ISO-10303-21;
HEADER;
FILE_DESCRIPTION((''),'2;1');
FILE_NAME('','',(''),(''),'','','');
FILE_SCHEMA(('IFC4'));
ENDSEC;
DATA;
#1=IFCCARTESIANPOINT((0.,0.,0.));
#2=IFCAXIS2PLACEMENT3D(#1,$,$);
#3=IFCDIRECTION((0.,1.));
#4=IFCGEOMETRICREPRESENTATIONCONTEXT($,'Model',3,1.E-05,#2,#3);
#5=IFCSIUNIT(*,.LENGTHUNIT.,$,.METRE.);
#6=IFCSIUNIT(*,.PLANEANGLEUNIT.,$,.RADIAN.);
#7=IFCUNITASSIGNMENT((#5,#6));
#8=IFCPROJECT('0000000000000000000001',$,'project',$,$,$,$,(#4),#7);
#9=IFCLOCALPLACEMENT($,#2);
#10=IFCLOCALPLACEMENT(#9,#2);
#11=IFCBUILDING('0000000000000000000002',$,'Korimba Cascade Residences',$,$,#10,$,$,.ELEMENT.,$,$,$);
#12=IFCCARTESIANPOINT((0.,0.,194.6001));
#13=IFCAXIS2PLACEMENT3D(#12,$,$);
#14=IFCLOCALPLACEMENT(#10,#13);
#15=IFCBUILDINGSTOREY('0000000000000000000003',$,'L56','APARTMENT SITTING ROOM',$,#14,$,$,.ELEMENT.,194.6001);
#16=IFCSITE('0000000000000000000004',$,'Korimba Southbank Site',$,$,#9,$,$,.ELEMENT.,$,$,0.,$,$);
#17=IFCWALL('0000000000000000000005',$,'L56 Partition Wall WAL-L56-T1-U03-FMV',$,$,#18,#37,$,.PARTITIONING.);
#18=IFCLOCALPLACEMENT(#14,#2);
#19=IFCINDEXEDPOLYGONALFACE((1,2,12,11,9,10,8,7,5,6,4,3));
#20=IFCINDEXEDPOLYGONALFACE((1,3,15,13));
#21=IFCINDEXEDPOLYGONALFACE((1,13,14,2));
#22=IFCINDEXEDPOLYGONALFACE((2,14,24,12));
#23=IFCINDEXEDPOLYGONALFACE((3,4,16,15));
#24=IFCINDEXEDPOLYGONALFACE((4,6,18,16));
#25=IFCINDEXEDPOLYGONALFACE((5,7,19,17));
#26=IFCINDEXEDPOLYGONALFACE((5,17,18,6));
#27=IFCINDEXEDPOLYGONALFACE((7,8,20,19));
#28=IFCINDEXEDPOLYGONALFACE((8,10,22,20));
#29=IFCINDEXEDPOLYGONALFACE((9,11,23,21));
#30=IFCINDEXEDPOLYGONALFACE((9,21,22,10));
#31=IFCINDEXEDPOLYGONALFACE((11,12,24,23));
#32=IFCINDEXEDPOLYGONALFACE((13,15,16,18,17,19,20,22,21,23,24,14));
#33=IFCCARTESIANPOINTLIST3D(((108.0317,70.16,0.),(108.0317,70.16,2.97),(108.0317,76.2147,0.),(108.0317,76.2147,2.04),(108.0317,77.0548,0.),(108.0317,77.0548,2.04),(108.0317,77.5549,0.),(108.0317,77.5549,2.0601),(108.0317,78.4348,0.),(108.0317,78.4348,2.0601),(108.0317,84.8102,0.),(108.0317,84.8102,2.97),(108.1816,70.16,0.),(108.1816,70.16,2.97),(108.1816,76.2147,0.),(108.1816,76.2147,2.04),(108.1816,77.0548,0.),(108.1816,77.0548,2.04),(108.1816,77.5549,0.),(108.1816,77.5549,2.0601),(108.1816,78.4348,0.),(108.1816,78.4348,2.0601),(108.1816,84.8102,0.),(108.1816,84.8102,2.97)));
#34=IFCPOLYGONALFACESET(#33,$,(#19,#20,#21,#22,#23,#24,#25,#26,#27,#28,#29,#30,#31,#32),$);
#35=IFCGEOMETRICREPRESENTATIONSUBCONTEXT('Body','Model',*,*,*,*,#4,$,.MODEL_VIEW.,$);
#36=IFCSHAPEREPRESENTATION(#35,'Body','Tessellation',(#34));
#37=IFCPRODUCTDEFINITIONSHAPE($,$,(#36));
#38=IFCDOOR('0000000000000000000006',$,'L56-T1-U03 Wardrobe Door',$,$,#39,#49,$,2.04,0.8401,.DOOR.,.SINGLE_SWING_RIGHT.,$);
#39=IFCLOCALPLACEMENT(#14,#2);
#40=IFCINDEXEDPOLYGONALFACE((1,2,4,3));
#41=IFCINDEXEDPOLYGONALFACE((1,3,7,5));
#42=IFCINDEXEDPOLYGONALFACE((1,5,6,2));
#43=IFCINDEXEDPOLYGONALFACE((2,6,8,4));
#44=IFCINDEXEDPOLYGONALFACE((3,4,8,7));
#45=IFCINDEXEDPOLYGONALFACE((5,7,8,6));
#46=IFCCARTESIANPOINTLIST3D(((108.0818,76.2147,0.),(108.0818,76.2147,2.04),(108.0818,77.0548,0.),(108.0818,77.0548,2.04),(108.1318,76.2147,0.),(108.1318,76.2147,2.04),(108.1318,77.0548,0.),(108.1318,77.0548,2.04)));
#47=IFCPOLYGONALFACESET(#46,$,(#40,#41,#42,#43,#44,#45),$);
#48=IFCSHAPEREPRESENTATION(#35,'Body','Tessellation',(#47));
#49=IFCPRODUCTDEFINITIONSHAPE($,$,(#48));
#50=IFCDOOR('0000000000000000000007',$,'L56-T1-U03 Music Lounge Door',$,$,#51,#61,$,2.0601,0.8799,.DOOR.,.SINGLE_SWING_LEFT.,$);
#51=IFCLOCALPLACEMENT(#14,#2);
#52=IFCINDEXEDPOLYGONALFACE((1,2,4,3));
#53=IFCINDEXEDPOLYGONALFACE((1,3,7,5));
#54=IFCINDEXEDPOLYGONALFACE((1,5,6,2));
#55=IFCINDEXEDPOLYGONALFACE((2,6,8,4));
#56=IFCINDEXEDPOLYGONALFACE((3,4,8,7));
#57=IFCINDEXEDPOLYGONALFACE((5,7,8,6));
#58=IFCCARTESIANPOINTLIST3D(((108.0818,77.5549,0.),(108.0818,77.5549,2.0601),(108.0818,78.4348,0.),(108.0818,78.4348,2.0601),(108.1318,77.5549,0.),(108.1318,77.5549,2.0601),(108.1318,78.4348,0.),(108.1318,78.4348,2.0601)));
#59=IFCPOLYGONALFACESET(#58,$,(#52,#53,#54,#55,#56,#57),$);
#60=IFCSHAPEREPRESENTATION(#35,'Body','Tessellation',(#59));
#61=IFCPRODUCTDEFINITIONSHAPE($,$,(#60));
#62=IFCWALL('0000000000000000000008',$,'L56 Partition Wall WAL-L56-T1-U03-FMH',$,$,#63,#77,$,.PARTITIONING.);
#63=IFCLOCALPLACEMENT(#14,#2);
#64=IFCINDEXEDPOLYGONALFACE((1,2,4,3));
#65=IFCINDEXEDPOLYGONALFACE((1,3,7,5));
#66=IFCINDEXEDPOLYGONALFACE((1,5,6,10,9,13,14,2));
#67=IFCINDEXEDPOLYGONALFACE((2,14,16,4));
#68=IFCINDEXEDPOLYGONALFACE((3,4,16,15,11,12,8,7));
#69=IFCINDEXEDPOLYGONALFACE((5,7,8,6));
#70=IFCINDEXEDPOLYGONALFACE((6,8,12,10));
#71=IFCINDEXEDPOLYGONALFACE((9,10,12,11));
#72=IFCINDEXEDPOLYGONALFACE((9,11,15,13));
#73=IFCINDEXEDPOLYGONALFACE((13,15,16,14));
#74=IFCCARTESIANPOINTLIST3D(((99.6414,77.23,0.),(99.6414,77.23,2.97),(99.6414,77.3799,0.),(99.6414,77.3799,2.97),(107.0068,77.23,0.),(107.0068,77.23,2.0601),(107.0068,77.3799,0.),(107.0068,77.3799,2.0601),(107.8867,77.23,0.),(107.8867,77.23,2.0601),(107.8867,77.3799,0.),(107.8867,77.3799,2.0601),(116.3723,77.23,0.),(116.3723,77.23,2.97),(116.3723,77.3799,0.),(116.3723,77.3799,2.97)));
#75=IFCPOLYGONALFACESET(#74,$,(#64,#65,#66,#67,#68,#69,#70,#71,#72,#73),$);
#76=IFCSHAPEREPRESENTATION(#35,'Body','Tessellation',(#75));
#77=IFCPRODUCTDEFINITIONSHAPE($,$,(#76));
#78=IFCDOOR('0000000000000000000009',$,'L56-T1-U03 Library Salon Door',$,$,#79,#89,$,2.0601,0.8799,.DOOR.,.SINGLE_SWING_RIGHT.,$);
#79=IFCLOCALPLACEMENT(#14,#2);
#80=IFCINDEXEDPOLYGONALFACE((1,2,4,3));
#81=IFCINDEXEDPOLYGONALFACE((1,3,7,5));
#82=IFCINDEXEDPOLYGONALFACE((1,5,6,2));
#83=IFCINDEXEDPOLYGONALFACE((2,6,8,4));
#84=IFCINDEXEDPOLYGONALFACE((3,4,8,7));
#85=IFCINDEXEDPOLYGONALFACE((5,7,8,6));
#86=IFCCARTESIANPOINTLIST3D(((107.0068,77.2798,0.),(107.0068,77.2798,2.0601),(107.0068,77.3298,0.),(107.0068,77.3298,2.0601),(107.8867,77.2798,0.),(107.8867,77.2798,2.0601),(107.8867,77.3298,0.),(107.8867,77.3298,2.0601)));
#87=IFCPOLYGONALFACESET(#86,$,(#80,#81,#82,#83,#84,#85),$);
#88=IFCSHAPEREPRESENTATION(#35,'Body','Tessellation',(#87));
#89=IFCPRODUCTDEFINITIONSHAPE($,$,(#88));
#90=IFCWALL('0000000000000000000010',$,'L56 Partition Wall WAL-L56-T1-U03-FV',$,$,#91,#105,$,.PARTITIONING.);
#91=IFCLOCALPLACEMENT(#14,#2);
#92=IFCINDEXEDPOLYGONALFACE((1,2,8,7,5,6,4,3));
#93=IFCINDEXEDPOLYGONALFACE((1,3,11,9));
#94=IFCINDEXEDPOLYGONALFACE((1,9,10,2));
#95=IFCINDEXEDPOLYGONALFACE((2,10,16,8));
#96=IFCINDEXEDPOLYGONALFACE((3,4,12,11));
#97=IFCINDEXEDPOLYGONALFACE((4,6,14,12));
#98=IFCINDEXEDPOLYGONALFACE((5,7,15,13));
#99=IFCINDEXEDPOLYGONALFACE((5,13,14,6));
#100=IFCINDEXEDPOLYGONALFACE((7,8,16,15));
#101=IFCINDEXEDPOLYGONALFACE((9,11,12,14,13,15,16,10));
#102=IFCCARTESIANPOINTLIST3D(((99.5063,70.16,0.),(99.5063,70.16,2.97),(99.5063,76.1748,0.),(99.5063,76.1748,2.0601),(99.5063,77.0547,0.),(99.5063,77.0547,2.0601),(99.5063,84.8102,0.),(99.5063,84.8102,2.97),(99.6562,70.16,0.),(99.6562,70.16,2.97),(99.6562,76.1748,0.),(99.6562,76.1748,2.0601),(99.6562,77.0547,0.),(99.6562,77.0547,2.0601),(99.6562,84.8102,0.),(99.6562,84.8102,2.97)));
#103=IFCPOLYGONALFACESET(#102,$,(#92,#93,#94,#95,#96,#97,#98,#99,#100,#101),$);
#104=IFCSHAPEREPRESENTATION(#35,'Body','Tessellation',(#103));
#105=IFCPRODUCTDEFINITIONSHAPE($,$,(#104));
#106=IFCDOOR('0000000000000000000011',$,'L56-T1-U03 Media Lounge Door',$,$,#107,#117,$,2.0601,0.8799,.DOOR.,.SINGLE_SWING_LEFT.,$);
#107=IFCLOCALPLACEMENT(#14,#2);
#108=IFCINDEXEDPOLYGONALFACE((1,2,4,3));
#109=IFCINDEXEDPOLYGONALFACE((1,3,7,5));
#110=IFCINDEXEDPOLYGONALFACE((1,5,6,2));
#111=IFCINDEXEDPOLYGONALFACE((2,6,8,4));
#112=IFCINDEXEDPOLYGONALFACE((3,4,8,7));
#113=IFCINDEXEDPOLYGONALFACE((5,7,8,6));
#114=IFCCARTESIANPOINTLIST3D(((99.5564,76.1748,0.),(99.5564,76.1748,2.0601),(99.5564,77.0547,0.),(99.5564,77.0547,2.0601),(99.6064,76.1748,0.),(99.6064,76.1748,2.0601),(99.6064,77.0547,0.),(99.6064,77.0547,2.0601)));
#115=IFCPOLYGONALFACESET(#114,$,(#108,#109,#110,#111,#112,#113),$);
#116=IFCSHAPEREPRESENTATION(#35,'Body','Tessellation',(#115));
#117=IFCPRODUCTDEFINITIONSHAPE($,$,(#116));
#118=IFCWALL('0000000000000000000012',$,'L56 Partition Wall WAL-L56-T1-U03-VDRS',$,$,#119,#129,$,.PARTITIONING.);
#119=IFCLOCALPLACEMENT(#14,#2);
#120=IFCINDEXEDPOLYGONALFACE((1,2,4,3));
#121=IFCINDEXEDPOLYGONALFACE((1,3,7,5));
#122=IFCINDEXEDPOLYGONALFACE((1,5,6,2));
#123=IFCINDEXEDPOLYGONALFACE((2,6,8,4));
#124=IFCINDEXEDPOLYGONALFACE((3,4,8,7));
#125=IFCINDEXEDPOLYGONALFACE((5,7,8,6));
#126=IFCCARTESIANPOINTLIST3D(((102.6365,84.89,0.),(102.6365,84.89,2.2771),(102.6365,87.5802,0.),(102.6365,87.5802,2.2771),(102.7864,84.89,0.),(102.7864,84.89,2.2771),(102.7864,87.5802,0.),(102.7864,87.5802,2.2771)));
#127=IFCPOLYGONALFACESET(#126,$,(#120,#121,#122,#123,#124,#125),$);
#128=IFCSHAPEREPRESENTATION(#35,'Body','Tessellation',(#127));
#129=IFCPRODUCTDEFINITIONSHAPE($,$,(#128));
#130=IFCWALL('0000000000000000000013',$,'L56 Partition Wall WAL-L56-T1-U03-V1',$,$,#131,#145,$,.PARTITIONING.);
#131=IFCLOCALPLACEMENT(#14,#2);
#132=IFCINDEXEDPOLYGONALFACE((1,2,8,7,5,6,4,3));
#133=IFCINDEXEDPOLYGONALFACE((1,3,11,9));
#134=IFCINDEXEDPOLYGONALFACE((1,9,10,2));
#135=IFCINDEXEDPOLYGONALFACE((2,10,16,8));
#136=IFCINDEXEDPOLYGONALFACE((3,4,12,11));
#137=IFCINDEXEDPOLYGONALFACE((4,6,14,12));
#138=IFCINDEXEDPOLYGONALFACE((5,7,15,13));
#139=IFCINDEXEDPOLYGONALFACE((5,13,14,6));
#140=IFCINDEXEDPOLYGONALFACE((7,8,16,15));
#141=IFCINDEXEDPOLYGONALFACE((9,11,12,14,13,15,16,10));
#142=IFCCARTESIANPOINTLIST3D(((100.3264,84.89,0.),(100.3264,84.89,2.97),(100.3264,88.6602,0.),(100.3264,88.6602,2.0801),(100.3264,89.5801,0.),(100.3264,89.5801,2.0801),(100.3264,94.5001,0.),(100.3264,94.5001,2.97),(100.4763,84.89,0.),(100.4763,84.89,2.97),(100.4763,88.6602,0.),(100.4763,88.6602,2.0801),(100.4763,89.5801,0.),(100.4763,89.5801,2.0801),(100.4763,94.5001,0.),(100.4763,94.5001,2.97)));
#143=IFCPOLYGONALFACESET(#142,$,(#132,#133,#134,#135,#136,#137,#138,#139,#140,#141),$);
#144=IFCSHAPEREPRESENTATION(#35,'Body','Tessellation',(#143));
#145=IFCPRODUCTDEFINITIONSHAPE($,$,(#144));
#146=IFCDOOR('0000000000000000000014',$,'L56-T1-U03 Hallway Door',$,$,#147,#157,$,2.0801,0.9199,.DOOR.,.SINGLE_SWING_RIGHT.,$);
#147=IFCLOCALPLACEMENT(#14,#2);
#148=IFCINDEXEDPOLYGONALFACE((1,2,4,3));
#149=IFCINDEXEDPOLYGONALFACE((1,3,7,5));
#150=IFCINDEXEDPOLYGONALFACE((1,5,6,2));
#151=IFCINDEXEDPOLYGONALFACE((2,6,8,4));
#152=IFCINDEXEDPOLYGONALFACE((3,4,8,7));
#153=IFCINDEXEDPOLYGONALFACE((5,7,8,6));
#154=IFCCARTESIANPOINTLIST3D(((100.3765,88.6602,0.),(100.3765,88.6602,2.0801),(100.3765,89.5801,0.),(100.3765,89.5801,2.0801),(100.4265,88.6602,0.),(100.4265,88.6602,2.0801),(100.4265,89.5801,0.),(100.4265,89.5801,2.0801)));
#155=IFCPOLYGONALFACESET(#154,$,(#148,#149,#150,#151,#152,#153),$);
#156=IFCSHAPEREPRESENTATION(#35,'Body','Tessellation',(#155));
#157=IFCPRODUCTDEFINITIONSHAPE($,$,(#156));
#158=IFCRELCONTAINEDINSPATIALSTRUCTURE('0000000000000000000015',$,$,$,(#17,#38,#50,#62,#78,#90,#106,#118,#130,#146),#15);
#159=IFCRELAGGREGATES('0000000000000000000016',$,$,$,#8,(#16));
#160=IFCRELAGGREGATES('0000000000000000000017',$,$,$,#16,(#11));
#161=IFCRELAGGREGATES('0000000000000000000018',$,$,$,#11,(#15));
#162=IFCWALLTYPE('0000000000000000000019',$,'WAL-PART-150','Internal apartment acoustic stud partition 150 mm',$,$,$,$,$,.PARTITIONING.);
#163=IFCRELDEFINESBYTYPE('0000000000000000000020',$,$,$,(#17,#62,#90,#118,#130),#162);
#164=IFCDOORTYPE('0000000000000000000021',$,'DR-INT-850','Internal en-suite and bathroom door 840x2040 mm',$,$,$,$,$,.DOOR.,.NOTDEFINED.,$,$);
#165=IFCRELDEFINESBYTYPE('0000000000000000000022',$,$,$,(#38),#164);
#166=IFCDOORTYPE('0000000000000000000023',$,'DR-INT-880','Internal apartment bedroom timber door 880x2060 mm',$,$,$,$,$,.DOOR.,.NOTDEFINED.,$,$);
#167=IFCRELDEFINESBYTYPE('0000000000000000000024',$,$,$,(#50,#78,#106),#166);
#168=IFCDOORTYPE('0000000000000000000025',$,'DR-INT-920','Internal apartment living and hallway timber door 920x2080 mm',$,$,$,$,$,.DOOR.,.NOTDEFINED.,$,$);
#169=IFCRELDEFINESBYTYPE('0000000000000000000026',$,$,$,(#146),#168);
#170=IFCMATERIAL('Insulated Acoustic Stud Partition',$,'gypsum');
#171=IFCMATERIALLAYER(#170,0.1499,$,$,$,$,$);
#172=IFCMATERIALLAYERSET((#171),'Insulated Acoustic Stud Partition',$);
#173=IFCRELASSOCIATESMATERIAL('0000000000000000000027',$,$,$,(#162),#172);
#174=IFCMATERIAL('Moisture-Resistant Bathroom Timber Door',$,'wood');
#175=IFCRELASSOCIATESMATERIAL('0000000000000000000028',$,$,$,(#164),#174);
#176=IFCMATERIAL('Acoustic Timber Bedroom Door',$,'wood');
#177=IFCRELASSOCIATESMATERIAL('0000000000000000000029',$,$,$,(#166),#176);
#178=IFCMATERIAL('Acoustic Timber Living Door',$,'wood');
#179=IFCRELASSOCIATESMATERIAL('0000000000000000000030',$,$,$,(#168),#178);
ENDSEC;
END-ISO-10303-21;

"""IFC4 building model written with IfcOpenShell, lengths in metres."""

from ifc_helpers import new_model, si_unit, direction, frame, frame_2d, origin, place, context, subcontext, project, spatial, rectangle, extrude, material, layer, layer_set, type_object, element, fill, save


model = new_model("IFC4")

# Units and contexts
model_context = context("Model", 3, precision=1e-05, world=origin(), true_north=direction((0.0, 1.0)))
body_context = subcontext(model_context, "Body", "Model", "MODEL_VIEW")
ifc_project = project(units=[si_unit("LENGTHUNIT", "METRE"), si_unit("PLANEANGLEUNIT", "RADIAN")], contexts=[model_context])

# Site, building, storey
site_placement = place(None, origin())
site = spatial("IfcSite", under=ifc_project, at=site_placement, Name="Korimba Southbank Site", CompositionType="ELEMENT", RefElevation=0.0)
building_placement = place(site_placement, origin())
building = spatial("IfcBuilding", under=site, at=building_placement, Name="Korimba Cascade Residences", CompositionType="ELEMENT")
storey_placement = place(building_placement, frame((0.0, 0.0, 194.6001)))
storey = spatial("IfcBuildingStorey", under=building, at=storey_placement, Name="L56", Description="APARTMENT SITTING ROOM", CompositionType="ELEMENT", Elevation=194.6001)

# Wall, openings, doors
ifc_material_1 = material(Name="Insulated Acoustic Stud Partition", Category="gypsum")
ifc_layer = layer(ifc_material_1, 0.1499)
ifc_layer_set = layer_set([ifc_layer], Name="Insulated Acoustic Stud Partition")
wall_type = type_object("IfcWallType", Name="WAL-PART-150", Description="Internal apartment acoustic stud partition 150 mm", PredefinedType="PARTITIONING", material=ifc_layer_set)
wall_1_placement = place(storey_placement, frame((108.1067, 70.1599, 0.0), z_axis=(0.0, 0.0, 1.0), x_axis=(0.0, 1.0, 0.0)))
wall_1 = element("IfcWall", 1, at=wall_1_placement, inside=storey, type_object=wall_type, Name="L56 Partition Wall WAL-L56-T1-U03-FMV", PredefinedType="PARTITIONING", context=body_context, shape_type="SweptSolid", body=[
    extrude(rectangle(XDim=14.6501, YDim=0.1499, at=frame_2d((7.3252, 0.0))), origin(), (0.0, 0.0, 1.0), 2.97),
])
opening_1_placement = place(wall_1_placement, frame((6.0549, 0.0, 0.0)))
opening_1 = element("IfcOpeningElement", 2, at=opening_1_placement, cuts=wall_1, PredefinedType="OPENING", context=body_context, shape_type="SweptSolid", body=[
    extrude(rectangle(XDim=0.8401, YDim=2.04, at=frame_2d((0.4199, 1.02))), frame((0.0, 0.085, 0.0), z_axis=(0.0, -1.0, 0.0), x_axis=(1.0, 0.0, 0.0)), (0.0, 0.0, 1.0), 0.1699),
])
opening_2_placement = place(wall_1_placement, frame((7.395, 0.0, 0.0)))
opening_2 = element("IfcOpeningElement", 3, at=opening_2_placement, cuts=wall_1, PredefinedType="OPENING", context=body_context, shape_type="SweptSolid", body=[
    extrude(rectangle(XDim=0.8799, YDim=2.0601, at=frame_2d((0.4399, 1.03))), frame((0.0, 0.085, 0.0), z_axis=(0.0, -1.0, 0.0), x_axis=(1.0, 0.0, 0.0)), (0.0, 0.0, 1.0), 0.1699),
])
ifc_material_2 = material(Name="Moisture-Resistant Bathroom Timber Door", Category="wood")
door_type_1 = type_object("IfcDoorType", Name="DR-INT-850", Description="Internal en-suite and bathroom door 840x2040 mm", OperationType="NOTDEFINED", PredefinedType="DOOR", material=ifc_material_2)
door_1_placement = place(opening_1_placement, origin())
door_1 = element("IfcDoor", 4, at=door_1_placement, inside=storey, type_object=door_type_1, Name="L56-T1-U03 Wardrobe Door", OperationType="SINGLE_SWING_RIGHT", OverallHeight=2.04, OverallWidth=0.8401, PredefinedType="DOOR", context=body_context, shape_type="SweptSolid", body=[
    extrude(rectangle(XDim=0.8401, YDim=2.04, at=frame_2d((0.4199, 1.02))), frame((0.0, 0.0249, 0.0), z_axis=(0.0, -1.0, 0.0), x_axis=(1.0, 0.0, 0.0)), (0.0, 0.0, 1.0), 0.05),
])
fill(opening_1, door_1)
ifc_material_3 = material(Name="Acoustic Timber Bedroom Door", Category="wood")
door_type_2 = type_object("IfcDoorType", Name="DR-INT-880", Description="Internal apartment bedroom timber door 880x2060 mm", OperationType="NOTDEFINED", PredefinedType="DOOR", material=ifc_material_3)
door_2_placement = place(opening_2_placement, origin())
door_2 = element("IfcDoor", 5, at=door_2_placement, inside=storey, type_object=door_type_2, Name="L56-T1-U03 Music Lounge Door", OperationType="SINGLE_SWING_LEFT", OverallHeight=2.0601, OverallWidth=0.8799, PredefinedType="DOOR", context=body_context, shape_type="SweptSolid", body=[
    extrude(rectangle(XDim=0.8799, YDim=2.0601, at=frame_2d((0.4399, 1.03))), frame((0.0, 0.0249, 0.0), z_axis=(0.0, -1.0, 0.0), x_axis=(1.0, 0.0, 0.0)), (0.0, 0.0, 1.0), 0.05),
])
fill(opening_2, door_2)

# Walls, openings, doors
wall_2_placement = place(storey_placement, frame((99.6414, 77.3049, 0.0), z_axis=(0.0, 0.0, 1.0), x_axis=(1.0, 0.0, 0.0)))
wall_2 = element("IfcWall", 6, at=wall_2_placement, inside=storey, type_object=wall_type, Name="L56 Partition Wall WAL-L56-T1-U03-FMH", PredefinedType="PARTITIONING", context=body_context, shape_type="SweptSolid", body=[
    extrude(rectangle(XDim=16.731, YDim=0.1499, at=frame_2d((8.3655, 0.0))), origin(), (0.0, 0.0, 1.0), 2.97),
])
opening_3_placement = place(wall_2_placement, frame((7.3655, 0.0, 0.0)))
opening_3 = element("IfcOpeningElement", 7, at=opening_3_placement, cuts=wall_2, PredefinedType="OPENING", context=body_context, shape_type="SweptSolid", body=[
    extrude(rectangle(XDim=0.8799, YDim=2.0601, at=frame_2d((0.4399, 1.03))), frame((0.0, 0.085, 0.0), z_axis=(0.0, -1.0, 0.0), x_axis=(1.0, 0.0, 0.0)), (0.0, 0.0, 1.0), 0.1699),
])
door_3_placement = place(opening_3_placement, origin())
door_3 = element("IfcDoor", 8, at=door_3_placement, inside=storey, type_object=door_type_2, Name="L56-T1-U03 Library Salon Door", OperationType="SINGLE_SWING_RIGHT", OverallHeight=2.0601, OverallWidth=0.8799, PredefinedType="DOOR", context=body_context, shape_type="SweptSolid", body=[
    extrude(rectangle(XDim=0.8799, YDim=2.0601, at=frame_2d((0.4399, 1.03))), frame((0.0, 0.0249, 0.0), z_axis=(0.0, -1.0, 0.0), x_axis=(1.0, 0.0, 0.0)), (0.0, 0.0, 1.0), 0.05),
])
fill(opening_3, door_3)
wall_3_placement = place(storey_placement, frame((99.5813, 70.1599, 0.0), z_axis=(0.0, 0.0, 1.0), x_axis=(0.0, 1.0, 0.0)))
wall_3 = element("IfcWall", 9, at=wall_3_placement, inside=storey, type_object=wall_type, Name="L56 Partition Wall WAL-L56-T1-U03-FV", PredefinedType="PARTITIONING", context=body_context, shape_type="SweptSolid", body=[
    extrude(rectangle(XDim=14.6501, YDim=0.1499, at=frame_2d((7.3252, 0.0))), origin(), (0.0, 0.0, 1.0), 2.97),
])
opening_4_placement = place(wall_3_placement, frame((6.0149, 0.0, 0.0)))
opening_4 = element("IfcOpeningElement", 10, at=opening_4_placement, cuts=wall_3, PredefinedType="OPENING", context=body_context, shape_type="SweptSolid", body=[
    extrude(rectangle(XDim=0.8799, YDim=2.0601, at=frame_2d((0.4399, 1.03))), frame((0.0, 0.085, 0.0), z_axis=(0.0, -1.0, 0.0), x_axis=(1.0, 0.0, 0.0)), (0.0, 0.0, 1.0), 0.1699),
])
door_4_placement = place(opening_4_placement, origin())
door_4 = element("IfcDoor", 11, at=door_4_placement, inside=storey, type_object=door_type_2, Name="L56-T1-U03 Media Lounge Door", OperationType="SINGLE_SWING_LEFT", OverallHeight=2.0601, OverallWidth=0.8799, PredefinedType="DOOR", context=body_context, shape_type="SweptSolid", body=[
    extrude(rectangle(XDim=0.8799, YDim=2.0601, at=frame_2d((0.4399, 1.03))), frame((0.0, 0.0249, 0.0), z_axis=(0.0, -1.0, 0.0), x_axis=(1.0, 0.0, 0.0)), (0.0, 0.0, 1.0), 0.05),
])
fill(opening_4, door_4)

# Wall
wall_4_placement = place(storey_placement, frame((102.7114, 84.8899, 0.0), z_axis=(0.0, 0.0, 1.0), x_axis=(0.0, 1.0, 0.0)))
element("IfcWall", 12, at=wall_4_placement, inside=storey, type_object=wall_type, Name="L56 Partition Wall WAL-L56-T1-U03-VDRS", PredefinedType="PARTITIONING", context=body_context, shape_type="SweptSolid", body=[
    extrude(rectangle(XDim=2.6902, YDim=0.1499, at=frame_2d((1.3452, 0.0))), origin(), (0.0, 0.0, 1.0), 2.2771),
])

# Wall, opening, door
wall_5_placement = place(storey_placement, frame((100.4014, 84.8899, 0.0), z_axis=(0.0, 0.0, 1.0), x_axis=(0.0, 1.0, 0.0)))
wall_5 = element("IfcWall", 13, at=wall_5_placement, inside=storey, type_object=wall_type, Name="L56 Partition Wall WAL-L56-T1-U03-V1", PredefinedType="PARTITIONING", context=body_context, shape_type="SweptSolid", body=[
    extrude(rectangle(XDim=9.6101, YDim=0.1499, at=frame_2d((4.8052, 0.0))), origin(), (0.0, 0.0, 1.0), 2.97),
])
opening_5_placement = place(wall_5_placement, frame((3.7703, 0.0, 0.0)))
opening_5 = element("IfcOpeningElement", 14, at=opening_5_placement, cuts=wall_5, PredefinedType="OPENING", context=body_context, shape_type="SweptSolid", body=[
    extrude(rectangle(XDim=0.9199, YDim=2.0801, at=frame_2d((0.46, 1.04))), frame((0.0, 0.085, 0.0), z_axis=(0.0, -1.0, 0.0), x_axis=(1.0, 0.0, 0.0)), (0.0, 0.0, 1.0), 0.1699),
])
ifc_material_4 = material(Name="Acoustic Timber Living Door", Category="wood")
door_type_3 = type_object("IfcDoorType", Name="DR-INT-920", Description="Internal apartment living and hallway timber door 920x2080 mm", OperationType="NOTDEFINED", PredefinedType="DOOR", material=ifc_material_4)
door_5_placement = place(opening_5_placement, origin())
door_5 = element("IfcDoor", 15, at=door_5_placement, inside=storey, type_object=door_type_3, Name="L56-T1-U03 Hallway Door", OperationType="SINGLE_SWING_RIGHT", OverallHeight=2.0801, OverallWidth=0.9199, PredefinedType="DOOR", context=body_context, shape_type="SweptSolid", body=[
    extrude(rectangle(XDim=0.9199, YDim=2.0801, at=frame_2d((0.46, 1.04))), frame((0.0, 0.0249, 0.0), z_axis=(0.0, -1.0, 0.0), x_axis=(1.0, 0.0, 0.0)), (0.0, 0.0, 1.0), 0.05),
])
fill(opening_5, door_5)

save(model, "model.ifc")
